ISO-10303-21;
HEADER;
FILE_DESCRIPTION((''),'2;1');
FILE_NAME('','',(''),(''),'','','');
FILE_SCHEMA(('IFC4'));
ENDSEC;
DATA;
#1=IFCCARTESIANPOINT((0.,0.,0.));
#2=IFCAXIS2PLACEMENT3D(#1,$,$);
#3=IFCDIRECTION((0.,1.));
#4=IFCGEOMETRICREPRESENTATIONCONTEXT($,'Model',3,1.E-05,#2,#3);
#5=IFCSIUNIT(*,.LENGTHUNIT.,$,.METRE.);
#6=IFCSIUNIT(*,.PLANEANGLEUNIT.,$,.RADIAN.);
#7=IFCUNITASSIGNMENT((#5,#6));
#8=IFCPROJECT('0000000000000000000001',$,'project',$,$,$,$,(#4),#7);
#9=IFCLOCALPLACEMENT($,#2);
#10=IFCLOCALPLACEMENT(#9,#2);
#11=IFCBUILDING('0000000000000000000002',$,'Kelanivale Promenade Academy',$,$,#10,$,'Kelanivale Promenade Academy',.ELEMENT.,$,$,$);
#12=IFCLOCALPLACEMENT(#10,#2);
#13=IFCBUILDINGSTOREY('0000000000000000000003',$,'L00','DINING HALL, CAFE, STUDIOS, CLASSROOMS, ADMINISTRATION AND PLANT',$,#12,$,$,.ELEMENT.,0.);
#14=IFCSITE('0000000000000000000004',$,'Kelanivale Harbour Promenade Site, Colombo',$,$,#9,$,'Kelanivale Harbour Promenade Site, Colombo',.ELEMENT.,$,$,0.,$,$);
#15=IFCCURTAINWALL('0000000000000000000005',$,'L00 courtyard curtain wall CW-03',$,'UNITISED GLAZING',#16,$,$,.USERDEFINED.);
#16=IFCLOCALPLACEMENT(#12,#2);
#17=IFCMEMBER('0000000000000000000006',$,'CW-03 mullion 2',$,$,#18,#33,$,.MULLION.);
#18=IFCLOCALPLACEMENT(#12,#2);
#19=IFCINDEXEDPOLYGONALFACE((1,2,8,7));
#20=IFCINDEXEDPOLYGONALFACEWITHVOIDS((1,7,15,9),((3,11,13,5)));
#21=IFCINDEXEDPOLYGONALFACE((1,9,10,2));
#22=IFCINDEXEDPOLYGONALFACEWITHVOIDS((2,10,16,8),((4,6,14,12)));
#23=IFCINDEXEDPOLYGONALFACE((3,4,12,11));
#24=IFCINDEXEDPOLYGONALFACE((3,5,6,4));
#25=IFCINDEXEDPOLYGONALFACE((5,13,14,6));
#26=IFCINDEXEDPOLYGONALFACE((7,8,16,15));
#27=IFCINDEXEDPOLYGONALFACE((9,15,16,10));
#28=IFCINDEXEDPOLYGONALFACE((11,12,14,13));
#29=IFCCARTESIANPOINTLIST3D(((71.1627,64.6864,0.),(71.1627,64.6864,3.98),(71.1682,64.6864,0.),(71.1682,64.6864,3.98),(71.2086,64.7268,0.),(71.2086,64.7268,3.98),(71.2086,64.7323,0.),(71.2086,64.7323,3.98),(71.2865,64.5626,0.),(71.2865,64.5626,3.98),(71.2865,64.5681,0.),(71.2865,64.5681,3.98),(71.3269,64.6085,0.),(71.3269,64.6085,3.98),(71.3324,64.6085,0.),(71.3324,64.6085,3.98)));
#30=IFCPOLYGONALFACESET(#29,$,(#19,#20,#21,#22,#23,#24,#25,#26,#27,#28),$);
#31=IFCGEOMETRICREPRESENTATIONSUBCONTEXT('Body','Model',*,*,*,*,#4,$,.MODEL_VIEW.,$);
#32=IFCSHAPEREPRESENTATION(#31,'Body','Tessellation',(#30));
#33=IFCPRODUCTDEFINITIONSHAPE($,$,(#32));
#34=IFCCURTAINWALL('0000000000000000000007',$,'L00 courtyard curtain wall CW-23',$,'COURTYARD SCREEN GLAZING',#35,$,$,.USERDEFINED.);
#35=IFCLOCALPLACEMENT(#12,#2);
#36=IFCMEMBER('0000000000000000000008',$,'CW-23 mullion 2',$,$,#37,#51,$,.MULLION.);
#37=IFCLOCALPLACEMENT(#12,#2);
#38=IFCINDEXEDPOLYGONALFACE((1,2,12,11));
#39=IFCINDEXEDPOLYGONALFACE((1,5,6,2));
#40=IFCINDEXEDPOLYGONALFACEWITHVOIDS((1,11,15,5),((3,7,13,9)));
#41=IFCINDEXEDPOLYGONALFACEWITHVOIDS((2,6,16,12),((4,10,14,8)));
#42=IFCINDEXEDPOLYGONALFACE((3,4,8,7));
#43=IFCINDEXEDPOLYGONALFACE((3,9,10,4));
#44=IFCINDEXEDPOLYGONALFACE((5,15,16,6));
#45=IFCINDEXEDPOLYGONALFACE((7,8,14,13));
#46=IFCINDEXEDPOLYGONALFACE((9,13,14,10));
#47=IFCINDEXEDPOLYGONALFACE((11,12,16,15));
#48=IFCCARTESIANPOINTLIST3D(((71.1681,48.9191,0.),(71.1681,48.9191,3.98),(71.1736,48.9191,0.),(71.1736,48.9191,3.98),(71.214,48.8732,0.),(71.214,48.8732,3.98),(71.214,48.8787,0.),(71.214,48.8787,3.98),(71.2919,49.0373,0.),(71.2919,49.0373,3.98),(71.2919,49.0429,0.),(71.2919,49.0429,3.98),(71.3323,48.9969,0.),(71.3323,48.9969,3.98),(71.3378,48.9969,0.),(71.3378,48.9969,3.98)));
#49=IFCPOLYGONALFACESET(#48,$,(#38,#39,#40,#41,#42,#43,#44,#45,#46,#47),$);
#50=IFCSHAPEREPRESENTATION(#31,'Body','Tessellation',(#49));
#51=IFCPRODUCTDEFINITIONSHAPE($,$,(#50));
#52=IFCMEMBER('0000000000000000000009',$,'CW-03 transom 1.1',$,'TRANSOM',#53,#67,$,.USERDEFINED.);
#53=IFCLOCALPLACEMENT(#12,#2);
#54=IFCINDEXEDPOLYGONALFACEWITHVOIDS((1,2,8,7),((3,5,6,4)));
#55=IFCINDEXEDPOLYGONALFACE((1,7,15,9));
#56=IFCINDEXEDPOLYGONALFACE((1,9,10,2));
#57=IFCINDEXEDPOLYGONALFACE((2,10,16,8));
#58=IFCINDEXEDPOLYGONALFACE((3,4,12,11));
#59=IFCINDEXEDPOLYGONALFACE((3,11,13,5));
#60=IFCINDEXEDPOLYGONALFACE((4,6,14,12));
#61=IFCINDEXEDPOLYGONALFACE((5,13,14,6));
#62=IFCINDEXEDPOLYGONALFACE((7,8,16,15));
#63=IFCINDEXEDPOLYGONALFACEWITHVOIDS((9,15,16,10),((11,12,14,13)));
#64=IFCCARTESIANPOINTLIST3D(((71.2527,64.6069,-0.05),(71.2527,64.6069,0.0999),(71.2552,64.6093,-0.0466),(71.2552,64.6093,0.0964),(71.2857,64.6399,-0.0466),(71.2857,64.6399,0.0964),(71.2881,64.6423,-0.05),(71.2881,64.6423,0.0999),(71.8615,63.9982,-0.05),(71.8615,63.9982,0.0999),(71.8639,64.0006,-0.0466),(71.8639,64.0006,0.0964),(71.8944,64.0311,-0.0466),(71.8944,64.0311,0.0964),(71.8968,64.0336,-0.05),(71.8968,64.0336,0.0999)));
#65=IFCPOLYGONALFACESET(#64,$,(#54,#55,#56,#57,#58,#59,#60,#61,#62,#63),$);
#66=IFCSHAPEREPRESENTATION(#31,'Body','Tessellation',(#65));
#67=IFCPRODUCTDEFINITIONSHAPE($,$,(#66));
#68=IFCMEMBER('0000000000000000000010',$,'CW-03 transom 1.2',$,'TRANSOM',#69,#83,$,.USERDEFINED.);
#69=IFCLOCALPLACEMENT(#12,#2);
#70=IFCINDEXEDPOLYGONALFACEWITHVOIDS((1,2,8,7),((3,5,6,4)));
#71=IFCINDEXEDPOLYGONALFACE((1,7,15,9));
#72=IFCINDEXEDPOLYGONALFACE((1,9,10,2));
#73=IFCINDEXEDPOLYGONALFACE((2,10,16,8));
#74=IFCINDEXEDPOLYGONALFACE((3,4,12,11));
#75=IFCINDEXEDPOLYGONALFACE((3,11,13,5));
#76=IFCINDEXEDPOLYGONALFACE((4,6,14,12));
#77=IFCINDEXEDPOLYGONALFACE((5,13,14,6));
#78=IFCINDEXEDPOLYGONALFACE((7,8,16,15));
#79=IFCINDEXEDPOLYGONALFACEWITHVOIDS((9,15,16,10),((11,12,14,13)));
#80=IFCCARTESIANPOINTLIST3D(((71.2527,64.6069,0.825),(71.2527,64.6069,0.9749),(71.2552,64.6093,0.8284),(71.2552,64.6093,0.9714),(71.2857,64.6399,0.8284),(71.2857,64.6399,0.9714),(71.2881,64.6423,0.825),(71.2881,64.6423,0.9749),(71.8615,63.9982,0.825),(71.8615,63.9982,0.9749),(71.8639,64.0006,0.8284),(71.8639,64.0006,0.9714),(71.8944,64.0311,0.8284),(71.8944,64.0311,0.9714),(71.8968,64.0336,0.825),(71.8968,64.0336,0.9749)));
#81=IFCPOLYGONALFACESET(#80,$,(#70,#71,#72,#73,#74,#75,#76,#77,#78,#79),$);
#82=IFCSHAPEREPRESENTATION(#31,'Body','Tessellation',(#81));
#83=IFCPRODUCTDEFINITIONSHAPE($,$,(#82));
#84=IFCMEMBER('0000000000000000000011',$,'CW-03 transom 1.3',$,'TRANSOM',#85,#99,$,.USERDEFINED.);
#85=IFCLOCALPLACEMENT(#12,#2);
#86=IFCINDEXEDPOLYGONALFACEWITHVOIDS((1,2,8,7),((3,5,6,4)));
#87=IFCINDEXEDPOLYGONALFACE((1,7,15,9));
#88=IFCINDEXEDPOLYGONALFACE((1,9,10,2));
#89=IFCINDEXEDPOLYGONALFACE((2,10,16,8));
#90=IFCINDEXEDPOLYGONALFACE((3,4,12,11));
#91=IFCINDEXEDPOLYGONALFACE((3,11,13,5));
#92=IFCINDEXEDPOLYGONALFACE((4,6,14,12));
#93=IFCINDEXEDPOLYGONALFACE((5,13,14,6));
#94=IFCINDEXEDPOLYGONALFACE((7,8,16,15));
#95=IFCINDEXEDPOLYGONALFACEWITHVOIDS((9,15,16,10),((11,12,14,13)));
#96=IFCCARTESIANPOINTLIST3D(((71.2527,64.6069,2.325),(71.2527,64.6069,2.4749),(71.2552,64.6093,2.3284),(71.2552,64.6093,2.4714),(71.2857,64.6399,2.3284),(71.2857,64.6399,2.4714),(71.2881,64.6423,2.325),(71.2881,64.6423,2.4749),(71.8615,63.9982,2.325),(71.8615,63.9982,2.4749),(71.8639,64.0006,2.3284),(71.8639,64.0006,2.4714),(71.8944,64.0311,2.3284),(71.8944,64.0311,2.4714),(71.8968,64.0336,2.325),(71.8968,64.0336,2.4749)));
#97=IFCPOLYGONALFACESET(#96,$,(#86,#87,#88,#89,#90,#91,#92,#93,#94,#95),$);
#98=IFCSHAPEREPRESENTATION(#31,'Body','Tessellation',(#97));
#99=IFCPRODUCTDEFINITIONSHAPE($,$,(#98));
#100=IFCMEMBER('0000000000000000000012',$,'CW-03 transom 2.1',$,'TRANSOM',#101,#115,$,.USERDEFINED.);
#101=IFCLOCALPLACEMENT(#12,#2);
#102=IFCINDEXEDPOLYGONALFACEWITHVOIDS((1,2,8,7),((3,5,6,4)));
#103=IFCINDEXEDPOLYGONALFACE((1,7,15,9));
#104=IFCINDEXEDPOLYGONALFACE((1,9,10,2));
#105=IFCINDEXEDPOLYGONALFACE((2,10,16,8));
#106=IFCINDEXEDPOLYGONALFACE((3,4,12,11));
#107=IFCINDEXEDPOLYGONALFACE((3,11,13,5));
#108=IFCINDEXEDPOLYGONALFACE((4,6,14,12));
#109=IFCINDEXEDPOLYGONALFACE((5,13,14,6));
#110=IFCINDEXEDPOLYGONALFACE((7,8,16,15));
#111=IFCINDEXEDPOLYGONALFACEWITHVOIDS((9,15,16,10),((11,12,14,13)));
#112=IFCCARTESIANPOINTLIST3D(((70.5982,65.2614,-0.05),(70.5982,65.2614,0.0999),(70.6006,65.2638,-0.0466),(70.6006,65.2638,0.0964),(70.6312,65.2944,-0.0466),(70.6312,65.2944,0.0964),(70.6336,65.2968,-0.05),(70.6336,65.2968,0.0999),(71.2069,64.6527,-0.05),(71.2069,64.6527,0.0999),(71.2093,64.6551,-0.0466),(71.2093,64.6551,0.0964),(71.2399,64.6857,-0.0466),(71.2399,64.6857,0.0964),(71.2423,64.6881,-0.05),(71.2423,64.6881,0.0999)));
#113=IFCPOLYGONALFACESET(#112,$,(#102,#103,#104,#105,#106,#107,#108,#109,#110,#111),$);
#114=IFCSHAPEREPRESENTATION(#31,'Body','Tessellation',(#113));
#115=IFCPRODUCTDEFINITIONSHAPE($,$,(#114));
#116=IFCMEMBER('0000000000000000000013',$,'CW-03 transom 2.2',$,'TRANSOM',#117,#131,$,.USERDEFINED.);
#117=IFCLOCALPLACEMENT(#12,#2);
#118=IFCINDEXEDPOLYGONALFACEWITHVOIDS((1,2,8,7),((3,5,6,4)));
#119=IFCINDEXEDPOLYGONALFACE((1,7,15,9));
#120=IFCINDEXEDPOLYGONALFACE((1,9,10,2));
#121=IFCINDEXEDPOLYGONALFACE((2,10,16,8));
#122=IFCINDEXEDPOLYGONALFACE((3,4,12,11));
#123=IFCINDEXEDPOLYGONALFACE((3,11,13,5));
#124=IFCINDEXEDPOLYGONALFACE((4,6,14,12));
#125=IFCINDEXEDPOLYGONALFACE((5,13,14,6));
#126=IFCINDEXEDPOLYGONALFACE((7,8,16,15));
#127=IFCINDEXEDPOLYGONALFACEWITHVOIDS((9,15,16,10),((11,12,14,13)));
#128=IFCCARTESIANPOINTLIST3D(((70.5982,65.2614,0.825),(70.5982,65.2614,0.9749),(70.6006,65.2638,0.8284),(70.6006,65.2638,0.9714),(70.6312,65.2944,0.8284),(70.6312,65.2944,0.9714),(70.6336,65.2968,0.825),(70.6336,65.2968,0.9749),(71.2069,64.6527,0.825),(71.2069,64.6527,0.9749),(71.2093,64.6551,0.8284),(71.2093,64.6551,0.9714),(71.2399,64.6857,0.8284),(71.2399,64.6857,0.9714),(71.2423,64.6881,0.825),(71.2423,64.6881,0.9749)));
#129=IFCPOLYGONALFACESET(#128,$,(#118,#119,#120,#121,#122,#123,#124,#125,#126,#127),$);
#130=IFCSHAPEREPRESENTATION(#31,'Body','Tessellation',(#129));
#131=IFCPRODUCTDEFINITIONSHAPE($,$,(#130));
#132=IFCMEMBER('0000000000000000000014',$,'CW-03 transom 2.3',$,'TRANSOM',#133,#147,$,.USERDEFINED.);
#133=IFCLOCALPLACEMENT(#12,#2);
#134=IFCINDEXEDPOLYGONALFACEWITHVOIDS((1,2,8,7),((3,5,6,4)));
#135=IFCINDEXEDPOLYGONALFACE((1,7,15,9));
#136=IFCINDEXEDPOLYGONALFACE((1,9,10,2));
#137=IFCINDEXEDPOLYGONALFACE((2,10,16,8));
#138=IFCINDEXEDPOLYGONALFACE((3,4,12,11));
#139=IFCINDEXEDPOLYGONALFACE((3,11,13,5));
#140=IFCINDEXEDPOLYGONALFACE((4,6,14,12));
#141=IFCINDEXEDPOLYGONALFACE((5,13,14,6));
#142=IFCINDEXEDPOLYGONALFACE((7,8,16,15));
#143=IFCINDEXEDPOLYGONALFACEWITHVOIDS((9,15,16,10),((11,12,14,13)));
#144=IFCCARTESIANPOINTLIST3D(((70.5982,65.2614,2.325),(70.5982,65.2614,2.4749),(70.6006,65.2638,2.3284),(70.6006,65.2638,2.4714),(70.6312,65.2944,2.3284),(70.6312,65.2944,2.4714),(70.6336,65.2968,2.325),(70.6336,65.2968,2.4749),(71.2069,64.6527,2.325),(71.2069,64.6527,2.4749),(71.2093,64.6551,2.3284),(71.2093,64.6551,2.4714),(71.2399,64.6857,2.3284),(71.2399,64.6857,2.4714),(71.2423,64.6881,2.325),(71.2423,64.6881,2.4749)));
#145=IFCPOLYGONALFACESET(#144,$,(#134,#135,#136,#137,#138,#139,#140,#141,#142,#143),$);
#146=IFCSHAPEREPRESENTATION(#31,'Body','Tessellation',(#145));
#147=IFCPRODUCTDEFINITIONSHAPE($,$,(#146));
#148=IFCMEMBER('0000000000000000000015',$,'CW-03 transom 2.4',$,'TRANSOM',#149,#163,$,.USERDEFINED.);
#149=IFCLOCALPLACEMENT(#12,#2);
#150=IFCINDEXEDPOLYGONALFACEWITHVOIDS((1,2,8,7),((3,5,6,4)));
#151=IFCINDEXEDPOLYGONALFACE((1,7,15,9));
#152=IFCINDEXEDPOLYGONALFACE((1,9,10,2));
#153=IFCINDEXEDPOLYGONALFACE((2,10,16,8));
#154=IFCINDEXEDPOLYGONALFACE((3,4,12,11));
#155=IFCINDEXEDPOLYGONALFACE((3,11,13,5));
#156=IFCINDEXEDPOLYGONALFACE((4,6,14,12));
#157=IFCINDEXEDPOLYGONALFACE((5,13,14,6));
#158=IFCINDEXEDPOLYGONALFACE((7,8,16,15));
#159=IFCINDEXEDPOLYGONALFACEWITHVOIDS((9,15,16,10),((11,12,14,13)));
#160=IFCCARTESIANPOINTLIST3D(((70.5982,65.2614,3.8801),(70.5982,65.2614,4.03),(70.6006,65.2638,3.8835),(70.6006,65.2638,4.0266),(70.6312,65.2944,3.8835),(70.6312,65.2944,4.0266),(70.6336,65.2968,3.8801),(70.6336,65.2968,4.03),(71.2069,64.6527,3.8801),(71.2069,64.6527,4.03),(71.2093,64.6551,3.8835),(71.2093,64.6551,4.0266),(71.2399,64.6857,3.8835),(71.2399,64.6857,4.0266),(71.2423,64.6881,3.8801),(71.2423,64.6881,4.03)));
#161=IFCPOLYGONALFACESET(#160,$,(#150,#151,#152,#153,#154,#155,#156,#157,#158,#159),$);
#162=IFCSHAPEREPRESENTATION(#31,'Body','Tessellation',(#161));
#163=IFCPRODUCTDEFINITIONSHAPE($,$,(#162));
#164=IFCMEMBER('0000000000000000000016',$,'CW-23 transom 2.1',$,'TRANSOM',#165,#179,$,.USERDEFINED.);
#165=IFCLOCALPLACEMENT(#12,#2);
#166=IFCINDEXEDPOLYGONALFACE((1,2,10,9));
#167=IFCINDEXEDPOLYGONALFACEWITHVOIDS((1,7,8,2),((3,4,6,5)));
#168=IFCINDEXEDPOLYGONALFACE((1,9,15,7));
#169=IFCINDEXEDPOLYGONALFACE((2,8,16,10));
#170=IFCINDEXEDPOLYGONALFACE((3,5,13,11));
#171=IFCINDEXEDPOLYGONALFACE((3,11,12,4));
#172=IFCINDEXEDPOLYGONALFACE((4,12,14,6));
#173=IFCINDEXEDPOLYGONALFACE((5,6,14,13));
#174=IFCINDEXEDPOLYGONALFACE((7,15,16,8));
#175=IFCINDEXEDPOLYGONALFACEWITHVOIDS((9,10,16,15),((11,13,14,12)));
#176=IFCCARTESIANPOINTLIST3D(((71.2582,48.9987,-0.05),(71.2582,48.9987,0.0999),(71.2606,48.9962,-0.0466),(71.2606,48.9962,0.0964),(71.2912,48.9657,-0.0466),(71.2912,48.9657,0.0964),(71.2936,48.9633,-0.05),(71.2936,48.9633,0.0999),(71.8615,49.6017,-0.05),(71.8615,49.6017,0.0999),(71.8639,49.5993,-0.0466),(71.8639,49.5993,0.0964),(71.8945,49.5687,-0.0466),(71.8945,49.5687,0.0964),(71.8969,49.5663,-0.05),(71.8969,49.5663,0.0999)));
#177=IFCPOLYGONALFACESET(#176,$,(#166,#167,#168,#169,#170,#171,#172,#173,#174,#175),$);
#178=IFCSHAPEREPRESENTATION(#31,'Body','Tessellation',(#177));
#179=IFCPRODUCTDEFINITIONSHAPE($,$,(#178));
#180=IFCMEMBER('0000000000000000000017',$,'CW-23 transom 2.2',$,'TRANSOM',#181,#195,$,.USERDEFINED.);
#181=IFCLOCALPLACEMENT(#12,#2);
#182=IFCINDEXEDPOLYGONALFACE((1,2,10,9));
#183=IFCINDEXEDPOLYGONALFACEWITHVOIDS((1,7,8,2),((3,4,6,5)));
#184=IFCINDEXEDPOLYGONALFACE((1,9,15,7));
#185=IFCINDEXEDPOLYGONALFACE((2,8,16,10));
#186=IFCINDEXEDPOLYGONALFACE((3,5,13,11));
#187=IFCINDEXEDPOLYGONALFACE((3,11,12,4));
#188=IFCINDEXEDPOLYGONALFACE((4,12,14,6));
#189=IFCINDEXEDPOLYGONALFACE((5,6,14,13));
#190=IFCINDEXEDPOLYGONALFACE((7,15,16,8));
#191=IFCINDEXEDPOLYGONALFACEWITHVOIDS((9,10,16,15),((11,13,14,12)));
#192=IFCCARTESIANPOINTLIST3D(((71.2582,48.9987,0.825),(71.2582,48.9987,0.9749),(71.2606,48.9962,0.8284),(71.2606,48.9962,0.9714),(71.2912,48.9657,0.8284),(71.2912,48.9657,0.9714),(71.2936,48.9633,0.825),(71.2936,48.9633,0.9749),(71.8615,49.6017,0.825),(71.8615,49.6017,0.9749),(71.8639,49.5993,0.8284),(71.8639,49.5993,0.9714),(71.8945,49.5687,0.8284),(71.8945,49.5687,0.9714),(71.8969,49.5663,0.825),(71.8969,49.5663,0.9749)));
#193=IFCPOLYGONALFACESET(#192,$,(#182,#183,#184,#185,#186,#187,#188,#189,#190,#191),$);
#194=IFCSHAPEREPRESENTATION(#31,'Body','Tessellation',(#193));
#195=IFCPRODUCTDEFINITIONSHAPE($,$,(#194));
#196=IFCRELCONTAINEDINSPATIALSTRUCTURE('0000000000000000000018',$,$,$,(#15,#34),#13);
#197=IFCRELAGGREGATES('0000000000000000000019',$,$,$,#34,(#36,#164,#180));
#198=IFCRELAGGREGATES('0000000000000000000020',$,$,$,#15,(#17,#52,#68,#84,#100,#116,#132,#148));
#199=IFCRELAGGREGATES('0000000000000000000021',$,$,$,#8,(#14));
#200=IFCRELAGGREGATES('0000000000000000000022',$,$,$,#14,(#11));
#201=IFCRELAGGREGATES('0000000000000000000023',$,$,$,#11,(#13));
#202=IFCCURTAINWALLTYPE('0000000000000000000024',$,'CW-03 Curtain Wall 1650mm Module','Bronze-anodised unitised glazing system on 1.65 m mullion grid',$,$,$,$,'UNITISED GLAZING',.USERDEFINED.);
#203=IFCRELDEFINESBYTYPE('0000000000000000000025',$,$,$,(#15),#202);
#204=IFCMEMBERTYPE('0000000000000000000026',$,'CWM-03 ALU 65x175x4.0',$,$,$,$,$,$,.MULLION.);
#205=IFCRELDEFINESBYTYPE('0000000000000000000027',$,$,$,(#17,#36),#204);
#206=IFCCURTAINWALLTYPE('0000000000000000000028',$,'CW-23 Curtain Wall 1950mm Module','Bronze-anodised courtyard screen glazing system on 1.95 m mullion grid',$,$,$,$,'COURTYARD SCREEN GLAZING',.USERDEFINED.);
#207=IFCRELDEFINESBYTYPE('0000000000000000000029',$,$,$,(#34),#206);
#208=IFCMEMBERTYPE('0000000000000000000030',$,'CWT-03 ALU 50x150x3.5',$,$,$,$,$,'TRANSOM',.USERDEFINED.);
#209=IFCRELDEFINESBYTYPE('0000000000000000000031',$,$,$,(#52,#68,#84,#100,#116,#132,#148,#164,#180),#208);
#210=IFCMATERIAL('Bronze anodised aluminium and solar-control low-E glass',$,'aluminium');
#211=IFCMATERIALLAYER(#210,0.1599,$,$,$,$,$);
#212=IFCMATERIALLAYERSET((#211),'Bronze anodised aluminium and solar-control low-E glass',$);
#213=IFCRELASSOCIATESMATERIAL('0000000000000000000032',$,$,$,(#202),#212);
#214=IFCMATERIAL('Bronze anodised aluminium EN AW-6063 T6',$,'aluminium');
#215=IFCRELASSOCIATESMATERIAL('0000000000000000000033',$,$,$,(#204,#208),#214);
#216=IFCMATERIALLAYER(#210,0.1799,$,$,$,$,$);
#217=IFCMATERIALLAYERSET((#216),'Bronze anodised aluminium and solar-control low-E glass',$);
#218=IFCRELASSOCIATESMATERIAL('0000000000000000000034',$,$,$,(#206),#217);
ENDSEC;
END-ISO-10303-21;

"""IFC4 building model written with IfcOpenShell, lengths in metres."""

from ifc_helpers import new_model, si_unit, direction, frame, origin, origin_2d, place, context, subcontext, project, spatial, hollow_rectangle, extrude, material, layer, layer_set, material_profile, profile_set, type_object, element, aggregate, save


model = new_model("IFC4")

# Units and contexts
model_context = context("Model", 3, precision=1e-05, world=origin(), true_north=direction((0.0, 1.0)))
body_context = subcontext(model_context, "Body", "Model", "MODEL_VIEW")
ifc_project = project(units=[si_unit("LENGTHUNIT", "METRE"), si_unit("PLANEANGLEUNIT", "RADIAN")], contexts=[model_context])

# Site, building, storey
site_placement = place(None, origin())
site = spatial("IfcSite", under=ifc_project, at=site_placement, Name="Kelanivale Harbour Promenade Site, Colombo", LongName="Kelanivale Harbour Promenade Site, Colombo", CompositionType="ELEMENT", RefElevation=0.0)
building_placement = place(site_placement, origin())
building = spatial("IfcBuilding", under=site, at=building_placement, Name="Kelanivale Promenade Academy", LongName="Kelanivale Promenade Academy", CompositionType="ELEMENT")
storey_placement = place(building_placement, origin())
storey = spatial("IfcBuildingStorey", under=building, at=storey_placement, Name="L00", Description="DINING HALL, CAFE, STUDIOS, CLASSROOMS, ADMINISTRATION AND PLANT", CompositionType="ELEMENT", Elevation=0.0)

# Curtain walls, members
ifc_material_1 = material(Name="Bronze anodised aluminium and solar-control low-E glass", Category="aluminium")
ifc_layer_1 = layer(ifc_material_1, 0.1599)
ifc_layer_set_1 = layer_set([ifc_layer_1], Name="Bronze anodised aluminium and solar-control low-E glass")
curtain_wall_type_1 = type_object("IfcCurtainWallType", Name="CW-03 Curtain Wall 1650mm Module", Description="Bronze-anodised unitised glazing system on 1.65 m mullion grid", ElementType="UNITISED GLAZING", PredefinedType="USERDEFINED", material=ifc_layer_set_1)
curtain_wall_1_placement = place(storey_placement, origin())
curtain_wall_1 = element("IfcCurtainWall", 1, at=curtain_wall_1_placement, inside=storey, type_object=curtain_wall_type_1, Name="L00 courtyard curtain wall CW-03", ObjectType="UNITISED GLAZING", PredefinedType="USERDEFINED")
ifc_material_2 = material(Name="Bronze anodised aluminium EN AW-6063 T6", Category="aluminium")
ifc_material_profile_1 = material_profile(ifc_material_2, hollow_rectangle(XDim=0.0649, YDim=0.175, WallThickness=0.0039, at=origin_2d()), Name="ALU 65x175x4.0")
ifc_profile_set_1 = profile_set([ifc_material_profile_1], Name="Bronze anodised aluminium EN AW-6063 T6")
member_type_1 = type_object("IfcMemberType", Name="CWM-03 ALU 65x175x4.0", PredefinedType="MULLION", material=ifc_profile_set_1)
member_1_placement = place(storey_placement, frame((71.2476, 64.6475, 0.0), z_axis=(0.0, 0.0, 1.0), x_axis=(-0.707107, -0.707107, 0.0)))
member_1 = element("IfcMember", 2, at=member_1_placement, type_object=member_type_1, Name="CW-03 mullion 2", PredefinedType="MULLION", context=body_context, shape_type="SweptSolid", body=[
    extrude(hollow_rectangle(XDim=0.0649, YDim=0.175, WallThickness=0.0039, at=origin_2d()), origin(), (0.0, 0.0, 1.0), 3.98),
])
ifc_layer_2 = layer(ifc_material_1, 0.1799)
ifc_layer_set_2 = layer_set([ifc_layer_2], Name="Bronze anodised aluminium and solar-control low-E glass")
curtain_wall_type_2 = type_object("IfcCurtainWallType", Name="CW-23 Curtain Wall 1950mm Module", Description="Bronze-anodised courtyard screen glazing system on 1.95 m mullion grid", ElementType="COURTYARD SCREEN GLAZING", PredefinedType="USERDEFINED", material=ifc_layer_set_2)
curtain_wall_2_placement = place(storey_placement, origin())
curtain_wall_2 = element("IfcCurtainWall", 3, at=curtain_wall_2_placement, inside=storey, type_object=curtain_wall_type_2, Name="L00 courtyard curtain wall CW-23", ObjectType="COURTYARD SCREEN GLAZING", PredefinedType="USERDEFINED")
member_2_placement = place(storey_placement, frame((71.2529, 48.958, 0.0), z_axis=(0.0, 0.0, 1.0), x_axis=(-0.707107, 0.707107, 0.0)))
member_2 = element("IfcMember", 4, at=member_2_placement, type_object=member_type_1, Name="CW-23 mullion 2", PredefinedType="MULLION", context=body_context, shape_type="SweptSolid", body=[
    extrude(hollow_rectangle(XDim=0.0649, YDim=0.175, WallThickness=0.0039, at=origin_2d()), origin(), (0.0, 0.0, 1.0), 3.98),
])

# Members
ifc_material_profile_2 = material_profile(ifc_material_2, hollow_rectangle(XDim=0.05, YDim=0.1499, WallThickness=0.0034, at=origin_2d()), Name="ALU 50x150x3.5")
ifc_profile_set_2 = profile_set([ifc_material_profile_2], Name="Bronze anodised aluminium EN AW-6063 T6")
member_type_2 = type_object("IfcMemberType", Name="CWT-03 ALU 50x150x3.5", ElementType="TRANSOM", PredefinedType="USERDEFINED", material=ifc_profile_set_2)
member_3_placement = place(storey_placement, frame((71.8792, 64.0159, 0.0249), z_axis=(-0.707107, 0.707107, 0.0), x_axis=(-0.707107, -0.707107, 0.0)))
member_3 = element("IfcMember", 5, at=member_3_placement, type_object=member_type_2, Name="CW-03 transom 1.1", ObjectType="TRANSOM", PredefinedType="USERDEFINED", context=body_context, shape_type="SweptSolid", body=[
    extrude(hollow_rectangle(XDim=0.05, YDim=0.1499, WallThickness=0.0034, at=origin_2d()), origin(), (0.0, 0.0, 1.0), 0.8608),
])
member_4_placement = place(storey_placement, frame((71.8792, 64.0159, 0.8999), z_axis=(-0.707107, 0.707107, 0.0), x_axis=(-0.707107, -0.707107, 0.0)))
member_4 = element("IfcMember", 6, at=member_4_placement, type_object=member_type_2, Name="CW-03 transom 1.2", ObjectType="TRANSOM", PredefinedType="USERDEFINED", context=body_context, shape_type="SweptSolid", body=[
    extrude(hollow_rectangle(XDim=0.05, YDim=0.1499, WallThickness=0.0034, at=origin_2d()), origin(), (0.0, 0.0, 1.0), 0.8608),
])
member_5_placement = place(storey_placement, frame((71.8792, 64.0159, 2.3999), z_axis=(-0.707107, 0.707107, 0.0), x_axis=(-0.707107, -0.707107, 0.0)))
member_5 = element("IfcMember", 7, at=member_5_placement, type_object=member_type_2, Name="CW-03 transom 1.3", ObjectType="TRANSOM", PredefinedType="USERDEFINED", context=body_context, shape_type="SweptSolid", body=[
    extrude(hollow_rectangle(XDim=0.05, YDim=0.1499, WallThickness=0.0034, at=origin_2d()), origin(), (0.0, 0.0, 1.0), 0.8608),
])
member_6_placement = place(storey_placement, frame((71.2246, 64.6704, 0.0249), z_axis=(-0.707107, 0.707107, 0.0), x_axis=(-0.707107, -0.707107, 0.0)))
member_6 = element("IfcMember", 8, at=member_6_placement, type_object=member_type_2, Name="CW-03 transom 2.1", ObjectType="TRANSOM", PredefinedType="USERDEFINED", context=body_context, shape_type="SweptSolid", body=[
    extrude(hollow_rectangle(XDim=0.05, YDim=0.1499, WallThickness=0.0034, at=origin_2d()), origin(), (0.0, 0.0, 1.0), 0.8608),
])
member_7_placement = place(storey_placement, frame((71.2246, 64.6704, 0.8999), z_axis=(-0.707107, 0.707107, 0.0), x_axis=(-0.707107, -0.707107, 0.0)))
member_7 = element("IfcMember", 9, at=member_7_placement, type_object=member_type_2, Name="CW-03 transom 2.2", ObjectType="TRANSOM", PredefinedType="USERDEFINED", context=body_context, shape_type="SweptSolid", body=[
    extrude(hollow_rectangle(XDim=0.05, YDim=0.1499, WallThickness=0.0034, at=origin_2d()), origin(), (0.0, 0.0, 1.0), 0.8608),
])
member_8_placement = place(storey_placement, frame((71.2246, 64.6704, 2.3999), z_axis=(-0.707107, 0.707107, 0.0), x_axis=(-0.707107, -0.707107, 0.0)))
member_8 = element("IfcMember", 10, at=member_8_placement, type_object=member_type_2, Name="CW-03 transom 2.3", ObjectType="TRANSOM", PredefinedType="USERDEFINED", context=body_context, shape_type="SweptSolid", body=[
    extrude(hollow_rectangle(XDim=0.05, YDim=0.1499, WallThickness=0.0034, at=origin_2d()), origin(), (0.0, 0.0, 1.0), 0.8608),
])
member_9_placement = place(storey_placement, frame((71.2246, 64.6704, 3.9551), z_axis=(-0.707107, 0.707107, 0.0), x_axis=(-0.707107, -0.707107, 0.0)))
member_9 = element("IfcMember", 11, at=member_9_placement, type_object=member_type_2, Name="CW-03 transom 2.4", ObjectType="TRANSOM", PredefinedType="USERDEFINED", context=body_context, shape_type="SweptSolid", body=[
    extrude(hollow_rectangle(XDim=0.05, YDim=0.1499, WallThickness=0.0034, at=origin_2d()), origin(), (0.0, 0.0, 1.0), 0.8608),
])
member_10_placement = place(storey_placement, frame((71.2759, 48.981, 0.0249), z_axis=(0.70725, 0.706964, 0.0), x_axis=(-0.706964, 0.70725, 0.0)))
member_10 = element("IfcMember", 12, at=member_10_placement, type_object=member_type_2, Name="CW-23 transom 2.1", ObjectType="TRANSOM", PredefinedType="USERDEFINED", context=body_context, shape_type="SweptSolid", body=[
    extrude(hollow_rectangle(XDim=0.05, YDim=0.1499, WallThickness=0.0034, at=origin_2d()), origin(), (0.0, 0.0, 1.0), 0.853),
])
member_11_placement = place(storey_placement, frame((71.2759, 48.981, 0.8999), z_axis=(0.70725, 0.706964, 0.0), x_axis=(-0.706964, 0.70725, 0.0)))
member_11 = element("IfcMember", 13, at=member_11_placement, type_object=member_type_2, Name="CW-23 transom 2.2", ObjectType="TRANSOM", PredefinedType="USERDEFINED", context=body_context, shape_type="SweptSolid", body=[
    extrude(hollow_rectangle(XDim=0.05, YDim=0.1499, WallThickness=0.0034, at=origin_2d()), origin(), (0.0, 0.0, 1.0), 0.853),
])

aggregate(curtain_wall_2, [member_2, member_10, member_11])
aggregate(curtain_wall_1, [member_1, member_3, member_4, member_5, member_6, member_7, member_8, member_9])

save(model, "model.ifc")
